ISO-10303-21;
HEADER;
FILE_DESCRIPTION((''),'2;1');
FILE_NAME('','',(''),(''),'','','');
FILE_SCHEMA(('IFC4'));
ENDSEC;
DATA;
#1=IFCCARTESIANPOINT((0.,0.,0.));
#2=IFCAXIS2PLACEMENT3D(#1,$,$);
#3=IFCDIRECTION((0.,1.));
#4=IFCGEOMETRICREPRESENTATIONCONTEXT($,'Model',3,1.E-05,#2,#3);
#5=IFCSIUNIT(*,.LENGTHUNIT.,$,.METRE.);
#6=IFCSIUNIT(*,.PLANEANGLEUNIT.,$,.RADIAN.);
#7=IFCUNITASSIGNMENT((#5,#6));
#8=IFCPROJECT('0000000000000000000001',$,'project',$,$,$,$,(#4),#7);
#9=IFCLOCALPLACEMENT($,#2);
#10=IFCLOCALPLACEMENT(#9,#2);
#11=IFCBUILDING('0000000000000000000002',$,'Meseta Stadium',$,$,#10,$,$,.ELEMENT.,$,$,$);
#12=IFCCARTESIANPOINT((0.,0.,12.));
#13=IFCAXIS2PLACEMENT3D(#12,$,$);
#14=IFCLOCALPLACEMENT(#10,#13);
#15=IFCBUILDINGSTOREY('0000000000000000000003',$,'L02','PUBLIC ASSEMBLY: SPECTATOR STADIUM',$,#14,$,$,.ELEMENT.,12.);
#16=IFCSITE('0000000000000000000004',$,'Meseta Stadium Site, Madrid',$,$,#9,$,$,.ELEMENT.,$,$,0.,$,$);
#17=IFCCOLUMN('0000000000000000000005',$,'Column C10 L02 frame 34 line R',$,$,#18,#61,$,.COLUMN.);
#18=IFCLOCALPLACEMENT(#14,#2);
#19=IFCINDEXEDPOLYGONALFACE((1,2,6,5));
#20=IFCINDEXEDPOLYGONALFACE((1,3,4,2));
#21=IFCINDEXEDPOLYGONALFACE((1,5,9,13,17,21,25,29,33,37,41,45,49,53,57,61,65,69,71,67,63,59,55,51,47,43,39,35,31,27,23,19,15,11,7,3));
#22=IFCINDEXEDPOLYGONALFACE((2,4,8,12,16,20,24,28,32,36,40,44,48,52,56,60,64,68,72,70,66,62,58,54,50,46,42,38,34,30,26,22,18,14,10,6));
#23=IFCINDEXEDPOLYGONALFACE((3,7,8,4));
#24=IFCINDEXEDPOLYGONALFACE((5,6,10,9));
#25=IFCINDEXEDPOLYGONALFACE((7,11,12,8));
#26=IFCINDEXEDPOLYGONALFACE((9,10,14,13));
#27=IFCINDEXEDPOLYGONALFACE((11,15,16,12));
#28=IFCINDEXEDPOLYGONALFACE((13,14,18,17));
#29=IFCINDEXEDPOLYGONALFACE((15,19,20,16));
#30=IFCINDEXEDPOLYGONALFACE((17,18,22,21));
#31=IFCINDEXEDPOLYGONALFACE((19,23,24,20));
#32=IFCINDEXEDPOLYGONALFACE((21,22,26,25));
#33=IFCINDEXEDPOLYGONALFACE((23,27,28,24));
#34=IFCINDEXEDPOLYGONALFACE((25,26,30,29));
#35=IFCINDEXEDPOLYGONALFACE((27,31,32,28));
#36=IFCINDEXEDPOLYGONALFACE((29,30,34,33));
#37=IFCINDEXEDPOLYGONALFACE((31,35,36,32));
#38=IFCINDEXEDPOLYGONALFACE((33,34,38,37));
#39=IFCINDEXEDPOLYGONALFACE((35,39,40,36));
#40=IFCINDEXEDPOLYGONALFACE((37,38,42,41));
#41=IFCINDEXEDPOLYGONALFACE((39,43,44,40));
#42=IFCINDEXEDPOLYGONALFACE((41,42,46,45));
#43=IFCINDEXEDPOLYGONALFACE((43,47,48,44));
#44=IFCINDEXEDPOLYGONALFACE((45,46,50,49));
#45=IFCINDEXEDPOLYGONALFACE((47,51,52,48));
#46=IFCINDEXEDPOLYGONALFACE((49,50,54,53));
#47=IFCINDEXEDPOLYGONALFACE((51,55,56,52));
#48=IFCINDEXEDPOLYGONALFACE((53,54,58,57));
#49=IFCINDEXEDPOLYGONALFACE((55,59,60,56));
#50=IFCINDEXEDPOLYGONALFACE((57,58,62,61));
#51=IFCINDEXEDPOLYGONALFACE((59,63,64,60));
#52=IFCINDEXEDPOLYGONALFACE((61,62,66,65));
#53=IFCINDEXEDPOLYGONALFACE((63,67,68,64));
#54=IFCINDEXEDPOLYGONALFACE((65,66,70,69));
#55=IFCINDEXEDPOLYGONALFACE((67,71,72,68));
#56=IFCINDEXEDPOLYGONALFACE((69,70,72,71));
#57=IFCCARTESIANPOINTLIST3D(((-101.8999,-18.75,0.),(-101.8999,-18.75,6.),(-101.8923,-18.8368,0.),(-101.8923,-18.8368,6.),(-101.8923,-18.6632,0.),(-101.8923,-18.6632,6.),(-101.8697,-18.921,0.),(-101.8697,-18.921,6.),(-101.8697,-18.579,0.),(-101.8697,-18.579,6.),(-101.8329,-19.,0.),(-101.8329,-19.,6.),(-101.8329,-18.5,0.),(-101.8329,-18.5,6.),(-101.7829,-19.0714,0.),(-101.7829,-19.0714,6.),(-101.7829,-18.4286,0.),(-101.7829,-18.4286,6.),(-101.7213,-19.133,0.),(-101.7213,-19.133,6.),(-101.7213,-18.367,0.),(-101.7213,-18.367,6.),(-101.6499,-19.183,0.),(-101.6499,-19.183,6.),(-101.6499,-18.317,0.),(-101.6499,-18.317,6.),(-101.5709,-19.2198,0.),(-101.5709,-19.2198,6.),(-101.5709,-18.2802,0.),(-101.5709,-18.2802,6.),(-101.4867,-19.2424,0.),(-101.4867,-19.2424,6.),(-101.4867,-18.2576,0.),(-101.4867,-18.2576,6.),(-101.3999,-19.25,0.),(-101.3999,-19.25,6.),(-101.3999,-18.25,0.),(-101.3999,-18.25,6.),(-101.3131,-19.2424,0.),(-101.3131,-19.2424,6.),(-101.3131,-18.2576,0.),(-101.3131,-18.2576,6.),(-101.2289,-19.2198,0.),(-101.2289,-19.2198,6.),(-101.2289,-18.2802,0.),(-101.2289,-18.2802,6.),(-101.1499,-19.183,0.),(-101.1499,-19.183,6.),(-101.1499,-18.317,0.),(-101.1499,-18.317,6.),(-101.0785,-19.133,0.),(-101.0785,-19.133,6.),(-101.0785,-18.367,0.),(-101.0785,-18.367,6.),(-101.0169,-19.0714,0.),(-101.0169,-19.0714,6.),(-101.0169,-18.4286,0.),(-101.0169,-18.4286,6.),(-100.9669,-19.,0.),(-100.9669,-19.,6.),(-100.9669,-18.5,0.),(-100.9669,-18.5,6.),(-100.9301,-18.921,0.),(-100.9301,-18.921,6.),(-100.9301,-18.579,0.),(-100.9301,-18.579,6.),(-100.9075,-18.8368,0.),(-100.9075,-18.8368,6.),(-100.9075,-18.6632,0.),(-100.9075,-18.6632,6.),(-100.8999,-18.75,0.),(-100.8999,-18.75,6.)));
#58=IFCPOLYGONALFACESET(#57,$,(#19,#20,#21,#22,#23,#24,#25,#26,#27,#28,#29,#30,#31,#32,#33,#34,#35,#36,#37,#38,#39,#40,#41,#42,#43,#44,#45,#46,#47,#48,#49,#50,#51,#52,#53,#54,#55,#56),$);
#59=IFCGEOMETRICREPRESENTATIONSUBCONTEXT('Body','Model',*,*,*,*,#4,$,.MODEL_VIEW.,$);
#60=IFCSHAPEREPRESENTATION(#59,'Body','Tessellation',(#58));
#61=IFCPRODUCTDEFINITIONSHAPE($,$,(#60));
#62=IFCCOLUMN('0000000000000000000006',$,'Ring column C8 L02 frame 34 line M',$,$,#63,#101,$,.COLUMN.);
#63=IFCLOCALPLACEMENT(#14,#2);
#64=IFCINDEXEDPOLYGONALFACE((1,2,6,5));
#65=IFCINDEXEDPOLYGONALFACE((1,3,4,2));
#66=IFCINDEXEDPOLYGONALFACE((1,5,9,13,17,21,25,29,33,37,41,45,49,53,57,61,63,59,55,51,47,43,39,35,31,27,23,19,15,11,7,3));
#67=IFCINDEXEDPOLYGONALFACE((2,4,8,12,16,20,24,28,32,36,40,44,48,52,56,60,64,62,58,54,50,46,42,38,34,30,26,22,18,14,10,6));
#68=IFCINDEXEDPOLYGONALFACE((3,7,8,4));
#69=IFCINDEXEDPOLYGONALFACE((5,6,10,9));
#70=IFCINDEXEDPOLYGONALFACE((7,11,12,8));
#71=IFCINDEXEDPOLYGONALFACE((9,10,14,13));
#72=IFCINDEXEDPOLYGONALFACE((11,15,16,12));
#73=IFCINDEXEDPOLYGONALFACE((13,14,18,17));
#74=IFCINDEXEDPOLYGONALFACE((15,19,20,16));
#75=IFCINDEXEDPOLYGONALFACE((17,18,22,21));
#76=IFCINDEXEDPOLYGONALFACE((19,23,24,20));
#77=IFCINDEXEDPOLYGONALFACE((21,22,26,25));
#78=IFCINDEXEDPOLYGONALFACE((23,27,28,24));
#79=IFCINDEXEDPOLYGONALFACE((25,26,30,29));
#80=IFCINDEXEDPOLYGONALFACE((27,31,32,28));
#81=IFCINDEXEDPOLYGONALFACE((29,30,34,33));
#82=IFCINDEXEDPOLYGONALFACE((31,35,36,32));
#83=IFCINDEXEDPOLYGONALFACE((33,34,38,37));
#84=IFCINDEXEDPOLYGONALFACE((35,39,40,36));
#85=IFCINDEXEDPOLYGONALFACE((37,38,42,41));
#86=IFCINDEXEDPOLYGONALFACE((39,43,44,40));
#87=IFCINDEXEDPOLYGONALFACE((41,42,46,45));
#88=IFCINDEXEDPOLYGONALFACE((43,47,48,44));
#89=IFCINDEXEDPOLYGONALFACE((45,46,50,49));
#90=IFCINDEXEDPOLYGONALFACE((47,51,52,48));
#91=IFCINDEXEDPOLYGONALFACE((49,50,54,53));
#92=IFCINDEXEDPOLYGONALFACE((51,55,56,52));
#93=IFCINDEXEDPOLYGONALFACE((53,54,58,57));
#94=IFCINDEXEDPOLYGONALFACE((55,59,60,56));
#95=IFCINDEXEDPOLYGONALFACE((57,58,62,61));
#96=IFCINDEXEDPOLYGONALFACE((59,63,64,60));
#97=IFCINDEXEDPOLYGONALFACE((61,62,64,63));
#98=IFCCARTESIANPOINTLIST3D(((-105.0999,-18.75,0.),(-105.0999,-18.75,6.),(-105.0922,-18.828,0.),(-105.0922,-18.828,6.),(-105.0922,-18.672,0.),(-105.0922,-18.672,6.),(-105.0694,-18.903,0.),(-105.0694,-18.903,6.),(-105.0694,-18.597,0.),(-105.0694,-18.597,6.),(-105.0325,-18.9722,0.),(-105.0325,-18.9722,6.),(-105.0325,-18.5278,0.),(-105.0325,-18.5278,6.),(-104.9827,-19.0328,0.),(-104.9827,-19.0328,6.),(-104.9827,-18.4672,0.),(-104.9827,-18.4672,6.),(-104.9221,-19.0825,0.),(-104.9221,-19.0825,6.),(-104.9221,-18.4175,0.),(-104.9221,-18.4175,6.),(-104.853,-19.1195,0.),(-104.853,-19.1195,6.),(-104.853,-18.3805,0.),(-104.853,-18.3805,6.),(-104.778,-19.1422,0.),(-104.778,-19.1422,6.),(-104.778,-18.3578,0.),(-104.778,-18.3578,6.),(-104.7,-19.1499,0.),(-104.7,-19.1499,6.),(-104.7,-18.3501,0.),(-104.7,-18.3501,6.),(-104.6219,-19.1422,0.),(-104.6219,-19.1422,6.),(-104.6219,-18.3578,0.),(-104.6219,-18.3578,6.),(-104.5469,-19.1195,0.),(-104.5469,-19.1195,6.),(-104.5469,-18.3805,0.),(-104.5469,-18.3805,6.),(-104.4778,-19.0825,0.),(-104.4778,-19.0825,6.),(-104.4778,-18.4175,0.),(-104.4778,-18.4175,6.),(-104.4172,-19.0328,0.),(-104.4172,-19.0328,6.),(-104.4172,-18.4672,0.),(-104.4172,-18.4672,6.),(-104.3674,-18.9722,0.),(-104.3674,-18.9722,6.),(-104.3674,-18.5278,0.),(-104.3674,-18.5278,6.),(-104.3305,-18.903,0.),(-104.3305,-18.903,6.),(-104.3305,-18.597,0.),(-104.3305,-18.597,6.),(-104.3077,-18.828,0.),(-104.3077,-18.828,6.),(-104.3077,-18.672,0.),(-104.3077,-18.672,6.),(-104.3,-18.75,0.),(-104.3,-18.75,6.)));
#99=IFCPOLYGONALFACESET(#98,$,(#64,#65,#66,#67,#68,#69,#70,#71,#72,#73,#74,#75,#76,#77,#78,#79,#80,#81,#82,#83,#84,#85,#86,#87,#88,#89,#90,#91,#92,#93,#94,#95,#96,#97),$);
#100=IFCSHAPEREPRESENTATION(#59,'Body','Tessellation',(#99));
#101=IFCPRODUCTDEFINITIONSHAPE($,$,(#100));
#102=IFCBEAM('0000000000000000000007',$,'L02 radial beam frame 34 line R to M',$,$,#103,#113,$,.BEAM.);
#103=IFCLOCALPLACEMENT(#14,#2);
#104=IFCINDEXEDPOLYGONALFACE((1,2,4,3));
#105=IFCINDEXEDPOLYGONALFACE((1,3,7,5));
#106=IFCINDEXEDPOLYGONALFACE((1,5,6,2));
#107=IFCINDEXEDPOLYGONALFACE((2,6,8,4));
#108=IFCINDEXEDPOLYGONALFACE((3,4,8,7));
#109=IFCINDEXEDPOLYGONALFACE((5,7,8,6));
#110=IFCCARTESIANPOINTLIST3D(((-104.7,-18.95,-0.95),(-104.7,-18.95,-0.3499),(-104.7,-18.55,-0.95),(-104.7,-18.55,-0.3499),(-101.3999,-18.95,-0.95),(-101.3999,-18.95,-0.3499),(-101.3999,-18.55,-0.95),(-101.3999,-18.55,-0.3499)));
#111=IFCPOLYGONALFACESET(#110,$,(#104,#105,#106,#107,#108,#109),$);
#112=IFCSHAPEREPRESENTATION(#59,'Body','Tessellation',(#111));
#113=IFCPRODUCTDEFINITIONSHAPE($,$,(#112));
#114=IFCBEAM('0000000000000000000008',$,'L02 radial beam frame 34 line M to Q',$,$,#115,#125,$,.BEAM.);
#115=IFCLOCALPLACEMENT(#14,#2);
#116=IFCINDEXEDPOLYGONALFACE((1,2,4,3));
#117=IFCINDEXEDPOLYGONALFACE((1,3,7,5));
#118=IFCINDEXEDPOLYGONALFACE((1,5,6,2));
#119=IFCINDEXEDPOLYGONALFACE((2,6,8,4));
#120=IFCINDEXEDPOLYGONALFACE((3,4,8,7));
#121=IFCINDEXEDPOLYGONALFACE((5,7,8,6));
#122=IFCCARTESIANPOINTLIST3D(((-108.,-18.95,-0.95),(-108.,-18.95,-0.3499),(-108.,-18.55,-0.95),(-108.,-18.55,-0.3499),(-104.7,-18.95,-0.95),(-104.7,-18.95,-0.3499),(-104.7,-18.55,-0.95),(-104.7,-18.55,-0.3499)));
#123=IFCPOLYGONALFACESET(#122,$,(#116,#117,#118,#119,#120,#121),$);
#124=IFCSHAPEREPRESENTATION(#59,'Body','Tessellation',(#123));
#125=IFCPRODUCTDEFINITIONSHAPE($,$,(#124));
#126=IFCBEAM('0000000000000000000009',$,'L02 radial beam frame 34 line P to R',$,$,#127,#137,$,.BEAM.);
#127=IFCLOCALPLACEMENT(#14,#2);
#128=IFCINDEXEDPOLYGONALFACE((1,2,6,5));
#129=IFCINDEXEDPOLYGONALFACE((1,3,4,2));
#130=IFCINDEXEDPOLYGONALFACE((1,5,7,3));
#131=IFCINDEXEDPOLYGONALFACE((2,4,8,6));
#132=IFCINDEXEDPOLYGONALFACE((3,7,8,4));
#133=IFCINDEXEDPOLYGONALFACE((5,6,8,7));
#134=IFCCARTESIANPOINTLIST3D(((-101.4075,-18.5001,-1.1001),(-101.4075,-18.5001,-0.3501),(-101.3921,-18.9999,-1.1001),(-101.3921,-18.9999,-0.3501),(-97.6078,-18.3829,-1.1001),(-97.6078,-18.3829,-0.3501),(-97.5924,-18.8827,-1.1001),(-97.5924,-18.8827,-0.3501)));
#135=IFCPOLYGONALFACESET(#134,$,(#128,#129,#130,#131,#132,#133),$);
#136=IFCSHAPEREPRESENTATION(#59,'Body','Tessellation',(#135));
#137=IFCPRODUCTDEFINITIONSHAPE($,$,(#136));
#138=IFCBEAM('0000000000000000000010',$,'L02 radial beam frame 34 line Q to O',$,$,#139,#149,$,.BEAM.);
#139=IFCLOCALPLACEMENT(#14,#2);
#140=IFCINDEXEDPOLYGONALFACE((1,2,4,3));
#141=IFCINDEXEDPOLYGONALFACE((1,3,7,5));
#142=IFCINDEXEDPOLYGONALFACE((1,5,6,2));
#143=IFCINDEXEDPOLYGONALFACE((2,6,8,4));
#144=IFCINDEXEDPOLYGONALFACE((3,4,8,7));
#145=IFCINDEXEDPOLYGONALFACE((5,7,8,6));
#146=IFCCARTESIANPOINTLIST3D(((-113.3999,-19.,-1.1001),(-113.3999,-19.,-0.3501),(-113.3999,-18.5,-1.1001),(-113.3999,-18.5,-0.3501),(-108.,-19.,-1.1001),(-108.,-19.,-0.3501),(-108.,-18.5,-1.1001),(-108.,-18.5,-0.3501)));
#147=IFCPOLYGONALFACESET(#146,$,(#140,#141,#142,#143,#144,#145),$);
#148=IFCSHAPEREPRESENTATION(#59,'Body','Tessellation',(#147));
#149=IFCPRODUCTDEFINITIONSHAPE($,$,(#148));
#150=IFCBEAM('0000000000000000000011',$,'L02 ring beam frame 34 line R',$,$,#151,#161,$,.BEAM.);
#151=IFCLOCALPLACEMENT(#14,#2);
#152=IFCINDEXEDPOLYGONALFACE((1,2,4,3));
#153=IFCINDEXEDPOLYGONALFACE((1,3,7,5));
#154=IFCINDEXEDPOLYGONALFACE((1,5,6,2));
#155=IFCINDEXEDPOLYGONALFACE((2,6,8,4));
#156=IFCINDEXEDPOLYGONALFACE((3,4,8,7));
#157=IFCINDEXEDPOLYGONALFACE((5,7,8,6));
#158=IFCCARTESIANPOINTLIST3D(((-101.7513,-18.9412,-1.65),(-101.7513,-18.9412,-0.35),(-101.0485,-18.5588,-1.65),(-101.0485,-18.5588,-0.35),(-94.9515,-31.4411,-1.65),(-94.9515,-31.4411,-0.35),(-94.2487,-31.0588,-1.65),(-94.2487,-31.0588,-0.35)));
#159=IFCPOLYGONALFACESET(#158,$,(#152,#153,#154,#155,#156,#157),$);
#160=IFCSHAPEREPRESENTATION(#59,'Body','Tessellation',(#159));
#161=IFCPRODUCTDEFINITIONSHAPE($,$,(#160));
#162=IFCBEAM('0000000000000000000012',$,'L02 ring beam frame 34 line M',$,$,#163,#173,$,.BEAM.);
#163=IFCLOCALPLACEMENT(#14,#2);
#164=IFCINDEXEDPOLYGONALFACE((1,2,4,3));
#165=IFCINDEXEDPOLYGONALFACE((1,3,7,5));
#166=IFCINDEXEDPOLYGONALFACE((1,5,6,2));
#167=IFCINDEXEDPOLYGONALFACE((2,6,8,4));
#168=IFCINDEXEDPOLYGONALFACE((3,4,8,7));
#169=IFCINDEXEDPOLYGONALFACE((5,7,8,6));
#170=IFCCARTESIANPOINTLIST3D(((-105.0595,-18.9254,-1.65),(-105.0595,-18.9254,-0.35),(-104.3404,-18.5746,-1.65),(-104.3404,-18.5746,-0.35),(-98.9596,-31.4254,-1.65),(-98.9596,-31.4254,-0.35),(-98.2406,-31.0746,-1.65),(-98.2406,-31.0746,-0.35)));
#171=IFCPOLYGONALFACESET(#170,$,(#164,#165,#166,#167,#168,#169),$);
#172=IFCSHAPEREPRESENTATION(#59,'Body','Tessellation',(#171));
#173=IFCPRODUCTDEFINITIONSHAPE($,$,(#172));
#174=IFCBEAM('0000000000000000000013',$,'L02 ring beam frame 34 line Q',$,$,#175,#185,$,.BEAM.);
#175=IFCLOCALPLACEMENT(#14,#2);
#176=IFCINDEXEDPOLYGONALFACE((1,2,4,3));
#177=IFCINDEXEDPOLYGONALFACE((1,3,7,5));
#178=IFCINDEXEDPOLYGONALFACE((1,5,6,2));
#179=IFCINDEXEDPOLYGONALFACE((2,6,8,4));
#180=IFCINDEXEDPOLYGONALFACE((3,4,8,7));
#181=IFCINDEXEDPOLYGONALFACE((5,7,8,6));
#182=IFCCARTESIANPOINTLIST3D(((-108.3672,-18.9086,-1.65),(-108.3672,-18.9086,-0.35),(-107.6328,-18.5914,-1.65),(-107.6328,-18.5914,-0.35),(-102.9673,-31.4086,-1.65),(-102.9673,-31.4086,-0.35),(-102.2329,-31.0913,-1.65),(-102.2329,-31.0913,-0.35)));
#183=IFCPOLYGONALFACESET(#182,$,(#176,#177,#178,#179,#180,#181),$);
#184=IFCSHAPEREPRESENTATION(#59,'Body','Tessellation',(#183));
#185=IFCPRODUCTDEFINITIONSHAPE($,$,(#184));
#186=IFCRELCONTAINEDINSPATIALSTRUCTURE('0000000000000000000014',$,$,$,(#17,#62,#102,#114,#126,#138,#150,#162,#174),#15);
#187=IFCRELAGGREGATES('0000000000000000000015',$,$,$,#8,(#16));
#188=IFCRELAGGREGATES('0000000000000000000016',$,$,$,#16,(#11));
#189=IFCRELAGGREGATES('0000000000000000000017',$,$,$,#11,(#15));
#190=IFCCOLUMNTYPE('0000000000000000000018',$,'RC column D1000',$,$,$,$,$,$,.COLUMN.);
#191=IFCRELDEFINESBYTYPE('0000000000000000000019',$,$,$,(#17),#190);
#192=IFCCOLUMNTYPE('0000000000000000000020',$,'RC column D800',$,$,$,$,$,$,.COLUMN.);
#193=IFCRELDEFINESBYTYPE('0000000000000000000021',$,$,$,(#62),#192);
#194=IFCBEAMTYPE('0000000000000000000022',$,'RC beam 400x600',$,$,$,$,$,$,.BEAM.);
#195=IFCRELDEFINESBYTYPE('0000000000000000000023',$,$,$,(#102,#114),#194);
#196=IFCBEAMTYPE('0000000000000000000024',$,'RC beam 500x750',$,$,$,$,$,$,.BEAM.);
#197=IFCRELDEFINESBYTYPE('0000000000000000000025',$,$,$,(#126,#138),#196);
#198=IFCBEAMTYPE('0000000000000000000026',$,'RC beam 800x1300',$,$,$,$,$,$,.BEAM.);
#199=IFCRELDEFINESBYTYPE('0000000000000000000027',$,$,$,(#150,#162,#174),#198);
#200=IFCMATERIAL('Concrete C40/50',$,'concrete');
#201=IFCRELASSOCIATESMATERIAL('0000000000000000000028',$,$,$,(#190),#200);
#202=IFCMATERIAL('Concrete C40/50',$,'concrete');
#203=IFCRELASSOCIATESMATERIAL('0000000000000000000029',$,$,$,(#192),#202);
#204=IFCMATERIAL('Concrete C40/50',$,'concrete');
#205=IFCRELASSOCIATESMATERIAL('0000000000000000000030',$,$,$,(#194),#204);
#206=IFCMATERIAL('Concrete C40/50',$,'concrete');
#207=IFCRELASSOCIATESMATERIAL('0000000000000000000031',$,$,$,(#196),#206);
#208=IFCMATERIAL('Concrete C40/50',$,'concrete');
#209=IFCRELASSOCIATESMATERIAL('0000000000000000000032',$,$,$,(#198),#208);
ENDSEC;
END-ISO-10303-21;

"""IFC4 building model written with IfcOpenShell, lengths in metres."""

from ifc_helpers import new_model, si_unit, direction, frame, origin, origin_2d, place, context, subcontext, project, spatial, rectangle, circle, extrude, material, material_profile, profile_set, type_object, element, save


model = new_model("IFC4")

# Units and contexts
model_context = context("Model", 3, precision=1e-05, world=origin(), true_north=direction((0.0, 1.0)))
body_context = subcontext(model_context, "Body", "Model", "MODEL_VIEW")
ifc_project = project(units=[si_unit("LENGTHUNIT", "METRE"), si_unit("PLANEANGLEUNIT", "RADIAN")], contexts=[model_context])

# Site, building, storey
site_placement = place(None, origin())
site = spatial("IfcSite", under=ifc_project, at=site_placement, Name="Meseta Stadium Site, Madrid", CompositionType="ELEMENT", RefElevation=0.0)
building_placement = place(site_placement, origin())
building = spatial("IfcBuilding", under=site, at=building_placement, Name="Meseta Stadium", CompositionType="ELEMENT")
storey_placement = place(building_placement, frame((0.0, 0.0, 12.0)))
storey = spatial("IfcBuildingStorey", under=building, at=storey_placement, Name="L02", Description="PUBLIC ASSEMBLY: SPECTATOR STADIUM", CompositionType="ELEMENT", Elevation=12.0)

# Columns
ifc_material_1 = material(Name="Concrete C40/50", Category="concrete")
ifc_material_profile_1 = material_profile(ifc_material_1, circle(Radius=0.5, at=origin_2d()), Name="RC D1000")
ifc_profile_set_1 = profile_set([ifc_material_profile_1], Name="Concrete C40/50")
column_type_1 = type_object("IfcColumnType", Name="RC column D1000", PredefinedType="COLUMN", material=ifc_profile_set_1)
column_1_placement = place(storey_placement, frame((-101.3999, -18.75, 0.0), z_axis=(0.0, 0.0, 1.0), x_axis=(1.0, 0.0, 0.0)))
element("IfcColumn", 1, at=column_1_placement, inside=storey, type_object=column_type_1, Name="Column C10 L02 frame 34 line R", PredefinedType="COLUMN", context=body_context, shape_type="SweptSolid", body=[
    extrude(circle(Radius=0.5, at=origin_2d()), origin(), (0.0, 0.0, 1.0), 6.0),
])
ifc_material_2 = material(Name="Concrete C40/50", Category="concrete")
ifc_material_profile_2 = material_profile(ifc_material_2, circle(Radius=0.3999, at=origin_2d()), Name="RC D800")
ifc_profile_set_2 = profile_set([ifc_material_profile_2], Name="Concrete C40/50")
column_type_2 = type_object("IfcColumnType", Name="RC column D800", PredefinedType="COLUMN", material=ifc_profile_set_2)
column_2_placement = place(storey_placement, frame((-104.7, -18.75, 0.0), z_axis=(0.0, 0.0, 1.0), x_axis=(1.0, 0.0, 0.0)))
element("IfcColumn", 2, at=column_2_placement, inside=storey, type_object=column_type_2, Name="Ring column C8 L02 frame 34 line M", PredefinedType="COLUMN", context=body_context, shape_type="SweptSolid", body=[
    extrude(circle(Radius=0.3999, at=origin_2d()), origin(), (0.0, 0.0, 1.0), 6.0),
])

# Beams
ifc_material_3 = material(Name="Concrete C40/50", Category="concrete")
ifc_material_profile_3 = material_profile(ifc_material_3, rectangle(XDim=0.3999, YDim=0.6001, at=origin_2d()), Name="RC 400x600")
ifc_profile_set_3 = profile_set([ifc_material_profile_3], Name="Concrete C40/50")
beam_type_1 = type_object("IfcBeamType", Name="RC beam 400x600", PredefinedType="BEAM", material=ifc_profile_set_3)
for number, where, z_axis, x_axis, name in (
    (3, (-101.3999, -18.75, -0.6499), (-1.0, 0.0, 0.0), (0.0, -1.0, 0.0), "L02 radial beam frame 34 line R to M"),
    (4, (-104.7, -18.75, -0.6499), (-1.0, 0.0, 0.0), (0.0, -1.0, 0.0), "L02 radial beam frame 34 line M to Q"),
):
    element("IfcBeam", number, at=place(storey_placement, frame(where, z_axis=z_axis, x_axis=x_axis)), inside=storey, type_object=beam_type_1, Name=name, PredefinedType="BEAM", context=body_context, shape_type="SweptSolid", body=[
        extrude(rectangle(XDim=0.3999, YDim=0.6001, at=origin_2d()), origin(), (0.0, 0.0, 1.0), 3.3),
    ])
ifc_material_4 = material(Name="Concrete C40/50", Category="concrete")
ifc_material_profile_4 = material_profile(ifc_material_4, rectangle(XDim=0.5, YDim=0.75, at=origin_2d()), Name="RC 500x750")
ifc_profile_set_4 = profile_set([ifc_material_profile_4], Name="Concrete C40/50")
beam_type_2 = type_object("IfcBeamType", Name="RC beam 500x750", PredefinedType="BEAM", material=ifc_profile_set_4)
beam_1_placement = place(storey_placement, frame((-97.6001, -18.6328, -0.7251), z_axis=(-0.999525, -0.030826, 0.0), x_axis=(0.030826, -0.999525, 0.0)))
element("IfcBeam", 5, at=beam_1_placement, inside=storey, type_object=beam_type_2, Name="L02 radial beam frame 34 line P to R", PredefinedType="BEAM", context=body_context, shape_type="SweptSolid", body=[
    extrude(rectangle(XDim=0.5, YDim=0.75, at=origin_2d()), origin(), (0.0, 0.0, 1.0), 3.8015),
])
beam_2_placement = place(storey_placement, frame((-108.0, -18.75, -0.7251), z_axis=(-1.0, 0.0, 0.0), x_axis=(0.0, -1.0, 0.0)))
element("IfcBeam", 6, at=beam_2_placement, inside=storey, type_object=beam_type_2, Name="L02 radial beam frame 34 line Q to O", PredefinedType="BEAM", context=body_context, shape_type="SweptSolid", body=[
    extrude(rectangle(XDim=0.5, YDim=0.75, at=origin_2d()), origin(), (0.0, 0.0, 1.0), 5.3999),
])
ifc_material_5 = material(Name="Concrete C40/50", Category="concrete")
ifc_material_profile_5 = material_profile(ifc_material_5, rectangle(XDim=0.8, YDim=1.3, at=origin_2d()), Name="RC 800x1300")
ifc_profile_set_5 = profile_set([ifc_material_profile_5], Name="Concrete C40/50")
beam_type_3 = type_object("IfcBeamType", Name="RC beam 800x1300", PredefinedType="BEAM", material=ifc_profile_set_5)
beam_3_placement = place(storey_placement, frame((-101.3999, -18.75, -1.0), z_axis=(0.477856, -0.878438, 0.0), x_axis=(0.878438, 0.477856, 0.0)))
element("IfcBeam", 7, at=beam_3_placement, inside=storey, type_object=beam_type_3, Name="L02 ring beam frame 34 line R", PredefinedType="BEAM", context=body_context, shape_type="SweptSolid", body=[
    extrude(rectangle(XDim=0.8, YDim=1.3, at=origin_2d()), origin(), (0.0, 0.0, 1.0), 14.2297),
])
beam_4_placement = place(storey_placement, frame((-104.7, -18.75, -1.0), z_axis=(0.438557, -0.898703, 0.0), x_axis=(0.898703, 0.438557, 0.0)))
element("IfcBeam", 8, at=beam_4_placement, inside=storey, type_object=beam_type_3, Name="L02 ring beam frame 34 line M", PredefinedType="BEAM", context=body_context, shape_type="SweptSolid", body=[
    extrude(rectangle(XDim=0.8, YDim=1.3, at=origin_2d()), origin(), (0.0, 0.0, 1.0), 13.9089),
])
beam_5_placement = place(storey_placement, frame((-108.0, -18.75, -1.0), z_axis=(0.396571, -0.918004, 0.0), x_axis=(0.918004, 0.396571, 0.0)))
element("IfcBeam", 9, at=beam_5_placement, inside=storey, type_object=beam_type_3, Name="L02 ring beam frame 34 line Q", PredefinedType="BEAM", context=body_context, shape_type="SweptSolid", body=[
    extrude(rectangle(XDim=0.8, YDim=1.3, at=origin_2d()), origin(), (0.0, 0.0, 1.0), 13.6165),
])

save(model, "model.ifc")
